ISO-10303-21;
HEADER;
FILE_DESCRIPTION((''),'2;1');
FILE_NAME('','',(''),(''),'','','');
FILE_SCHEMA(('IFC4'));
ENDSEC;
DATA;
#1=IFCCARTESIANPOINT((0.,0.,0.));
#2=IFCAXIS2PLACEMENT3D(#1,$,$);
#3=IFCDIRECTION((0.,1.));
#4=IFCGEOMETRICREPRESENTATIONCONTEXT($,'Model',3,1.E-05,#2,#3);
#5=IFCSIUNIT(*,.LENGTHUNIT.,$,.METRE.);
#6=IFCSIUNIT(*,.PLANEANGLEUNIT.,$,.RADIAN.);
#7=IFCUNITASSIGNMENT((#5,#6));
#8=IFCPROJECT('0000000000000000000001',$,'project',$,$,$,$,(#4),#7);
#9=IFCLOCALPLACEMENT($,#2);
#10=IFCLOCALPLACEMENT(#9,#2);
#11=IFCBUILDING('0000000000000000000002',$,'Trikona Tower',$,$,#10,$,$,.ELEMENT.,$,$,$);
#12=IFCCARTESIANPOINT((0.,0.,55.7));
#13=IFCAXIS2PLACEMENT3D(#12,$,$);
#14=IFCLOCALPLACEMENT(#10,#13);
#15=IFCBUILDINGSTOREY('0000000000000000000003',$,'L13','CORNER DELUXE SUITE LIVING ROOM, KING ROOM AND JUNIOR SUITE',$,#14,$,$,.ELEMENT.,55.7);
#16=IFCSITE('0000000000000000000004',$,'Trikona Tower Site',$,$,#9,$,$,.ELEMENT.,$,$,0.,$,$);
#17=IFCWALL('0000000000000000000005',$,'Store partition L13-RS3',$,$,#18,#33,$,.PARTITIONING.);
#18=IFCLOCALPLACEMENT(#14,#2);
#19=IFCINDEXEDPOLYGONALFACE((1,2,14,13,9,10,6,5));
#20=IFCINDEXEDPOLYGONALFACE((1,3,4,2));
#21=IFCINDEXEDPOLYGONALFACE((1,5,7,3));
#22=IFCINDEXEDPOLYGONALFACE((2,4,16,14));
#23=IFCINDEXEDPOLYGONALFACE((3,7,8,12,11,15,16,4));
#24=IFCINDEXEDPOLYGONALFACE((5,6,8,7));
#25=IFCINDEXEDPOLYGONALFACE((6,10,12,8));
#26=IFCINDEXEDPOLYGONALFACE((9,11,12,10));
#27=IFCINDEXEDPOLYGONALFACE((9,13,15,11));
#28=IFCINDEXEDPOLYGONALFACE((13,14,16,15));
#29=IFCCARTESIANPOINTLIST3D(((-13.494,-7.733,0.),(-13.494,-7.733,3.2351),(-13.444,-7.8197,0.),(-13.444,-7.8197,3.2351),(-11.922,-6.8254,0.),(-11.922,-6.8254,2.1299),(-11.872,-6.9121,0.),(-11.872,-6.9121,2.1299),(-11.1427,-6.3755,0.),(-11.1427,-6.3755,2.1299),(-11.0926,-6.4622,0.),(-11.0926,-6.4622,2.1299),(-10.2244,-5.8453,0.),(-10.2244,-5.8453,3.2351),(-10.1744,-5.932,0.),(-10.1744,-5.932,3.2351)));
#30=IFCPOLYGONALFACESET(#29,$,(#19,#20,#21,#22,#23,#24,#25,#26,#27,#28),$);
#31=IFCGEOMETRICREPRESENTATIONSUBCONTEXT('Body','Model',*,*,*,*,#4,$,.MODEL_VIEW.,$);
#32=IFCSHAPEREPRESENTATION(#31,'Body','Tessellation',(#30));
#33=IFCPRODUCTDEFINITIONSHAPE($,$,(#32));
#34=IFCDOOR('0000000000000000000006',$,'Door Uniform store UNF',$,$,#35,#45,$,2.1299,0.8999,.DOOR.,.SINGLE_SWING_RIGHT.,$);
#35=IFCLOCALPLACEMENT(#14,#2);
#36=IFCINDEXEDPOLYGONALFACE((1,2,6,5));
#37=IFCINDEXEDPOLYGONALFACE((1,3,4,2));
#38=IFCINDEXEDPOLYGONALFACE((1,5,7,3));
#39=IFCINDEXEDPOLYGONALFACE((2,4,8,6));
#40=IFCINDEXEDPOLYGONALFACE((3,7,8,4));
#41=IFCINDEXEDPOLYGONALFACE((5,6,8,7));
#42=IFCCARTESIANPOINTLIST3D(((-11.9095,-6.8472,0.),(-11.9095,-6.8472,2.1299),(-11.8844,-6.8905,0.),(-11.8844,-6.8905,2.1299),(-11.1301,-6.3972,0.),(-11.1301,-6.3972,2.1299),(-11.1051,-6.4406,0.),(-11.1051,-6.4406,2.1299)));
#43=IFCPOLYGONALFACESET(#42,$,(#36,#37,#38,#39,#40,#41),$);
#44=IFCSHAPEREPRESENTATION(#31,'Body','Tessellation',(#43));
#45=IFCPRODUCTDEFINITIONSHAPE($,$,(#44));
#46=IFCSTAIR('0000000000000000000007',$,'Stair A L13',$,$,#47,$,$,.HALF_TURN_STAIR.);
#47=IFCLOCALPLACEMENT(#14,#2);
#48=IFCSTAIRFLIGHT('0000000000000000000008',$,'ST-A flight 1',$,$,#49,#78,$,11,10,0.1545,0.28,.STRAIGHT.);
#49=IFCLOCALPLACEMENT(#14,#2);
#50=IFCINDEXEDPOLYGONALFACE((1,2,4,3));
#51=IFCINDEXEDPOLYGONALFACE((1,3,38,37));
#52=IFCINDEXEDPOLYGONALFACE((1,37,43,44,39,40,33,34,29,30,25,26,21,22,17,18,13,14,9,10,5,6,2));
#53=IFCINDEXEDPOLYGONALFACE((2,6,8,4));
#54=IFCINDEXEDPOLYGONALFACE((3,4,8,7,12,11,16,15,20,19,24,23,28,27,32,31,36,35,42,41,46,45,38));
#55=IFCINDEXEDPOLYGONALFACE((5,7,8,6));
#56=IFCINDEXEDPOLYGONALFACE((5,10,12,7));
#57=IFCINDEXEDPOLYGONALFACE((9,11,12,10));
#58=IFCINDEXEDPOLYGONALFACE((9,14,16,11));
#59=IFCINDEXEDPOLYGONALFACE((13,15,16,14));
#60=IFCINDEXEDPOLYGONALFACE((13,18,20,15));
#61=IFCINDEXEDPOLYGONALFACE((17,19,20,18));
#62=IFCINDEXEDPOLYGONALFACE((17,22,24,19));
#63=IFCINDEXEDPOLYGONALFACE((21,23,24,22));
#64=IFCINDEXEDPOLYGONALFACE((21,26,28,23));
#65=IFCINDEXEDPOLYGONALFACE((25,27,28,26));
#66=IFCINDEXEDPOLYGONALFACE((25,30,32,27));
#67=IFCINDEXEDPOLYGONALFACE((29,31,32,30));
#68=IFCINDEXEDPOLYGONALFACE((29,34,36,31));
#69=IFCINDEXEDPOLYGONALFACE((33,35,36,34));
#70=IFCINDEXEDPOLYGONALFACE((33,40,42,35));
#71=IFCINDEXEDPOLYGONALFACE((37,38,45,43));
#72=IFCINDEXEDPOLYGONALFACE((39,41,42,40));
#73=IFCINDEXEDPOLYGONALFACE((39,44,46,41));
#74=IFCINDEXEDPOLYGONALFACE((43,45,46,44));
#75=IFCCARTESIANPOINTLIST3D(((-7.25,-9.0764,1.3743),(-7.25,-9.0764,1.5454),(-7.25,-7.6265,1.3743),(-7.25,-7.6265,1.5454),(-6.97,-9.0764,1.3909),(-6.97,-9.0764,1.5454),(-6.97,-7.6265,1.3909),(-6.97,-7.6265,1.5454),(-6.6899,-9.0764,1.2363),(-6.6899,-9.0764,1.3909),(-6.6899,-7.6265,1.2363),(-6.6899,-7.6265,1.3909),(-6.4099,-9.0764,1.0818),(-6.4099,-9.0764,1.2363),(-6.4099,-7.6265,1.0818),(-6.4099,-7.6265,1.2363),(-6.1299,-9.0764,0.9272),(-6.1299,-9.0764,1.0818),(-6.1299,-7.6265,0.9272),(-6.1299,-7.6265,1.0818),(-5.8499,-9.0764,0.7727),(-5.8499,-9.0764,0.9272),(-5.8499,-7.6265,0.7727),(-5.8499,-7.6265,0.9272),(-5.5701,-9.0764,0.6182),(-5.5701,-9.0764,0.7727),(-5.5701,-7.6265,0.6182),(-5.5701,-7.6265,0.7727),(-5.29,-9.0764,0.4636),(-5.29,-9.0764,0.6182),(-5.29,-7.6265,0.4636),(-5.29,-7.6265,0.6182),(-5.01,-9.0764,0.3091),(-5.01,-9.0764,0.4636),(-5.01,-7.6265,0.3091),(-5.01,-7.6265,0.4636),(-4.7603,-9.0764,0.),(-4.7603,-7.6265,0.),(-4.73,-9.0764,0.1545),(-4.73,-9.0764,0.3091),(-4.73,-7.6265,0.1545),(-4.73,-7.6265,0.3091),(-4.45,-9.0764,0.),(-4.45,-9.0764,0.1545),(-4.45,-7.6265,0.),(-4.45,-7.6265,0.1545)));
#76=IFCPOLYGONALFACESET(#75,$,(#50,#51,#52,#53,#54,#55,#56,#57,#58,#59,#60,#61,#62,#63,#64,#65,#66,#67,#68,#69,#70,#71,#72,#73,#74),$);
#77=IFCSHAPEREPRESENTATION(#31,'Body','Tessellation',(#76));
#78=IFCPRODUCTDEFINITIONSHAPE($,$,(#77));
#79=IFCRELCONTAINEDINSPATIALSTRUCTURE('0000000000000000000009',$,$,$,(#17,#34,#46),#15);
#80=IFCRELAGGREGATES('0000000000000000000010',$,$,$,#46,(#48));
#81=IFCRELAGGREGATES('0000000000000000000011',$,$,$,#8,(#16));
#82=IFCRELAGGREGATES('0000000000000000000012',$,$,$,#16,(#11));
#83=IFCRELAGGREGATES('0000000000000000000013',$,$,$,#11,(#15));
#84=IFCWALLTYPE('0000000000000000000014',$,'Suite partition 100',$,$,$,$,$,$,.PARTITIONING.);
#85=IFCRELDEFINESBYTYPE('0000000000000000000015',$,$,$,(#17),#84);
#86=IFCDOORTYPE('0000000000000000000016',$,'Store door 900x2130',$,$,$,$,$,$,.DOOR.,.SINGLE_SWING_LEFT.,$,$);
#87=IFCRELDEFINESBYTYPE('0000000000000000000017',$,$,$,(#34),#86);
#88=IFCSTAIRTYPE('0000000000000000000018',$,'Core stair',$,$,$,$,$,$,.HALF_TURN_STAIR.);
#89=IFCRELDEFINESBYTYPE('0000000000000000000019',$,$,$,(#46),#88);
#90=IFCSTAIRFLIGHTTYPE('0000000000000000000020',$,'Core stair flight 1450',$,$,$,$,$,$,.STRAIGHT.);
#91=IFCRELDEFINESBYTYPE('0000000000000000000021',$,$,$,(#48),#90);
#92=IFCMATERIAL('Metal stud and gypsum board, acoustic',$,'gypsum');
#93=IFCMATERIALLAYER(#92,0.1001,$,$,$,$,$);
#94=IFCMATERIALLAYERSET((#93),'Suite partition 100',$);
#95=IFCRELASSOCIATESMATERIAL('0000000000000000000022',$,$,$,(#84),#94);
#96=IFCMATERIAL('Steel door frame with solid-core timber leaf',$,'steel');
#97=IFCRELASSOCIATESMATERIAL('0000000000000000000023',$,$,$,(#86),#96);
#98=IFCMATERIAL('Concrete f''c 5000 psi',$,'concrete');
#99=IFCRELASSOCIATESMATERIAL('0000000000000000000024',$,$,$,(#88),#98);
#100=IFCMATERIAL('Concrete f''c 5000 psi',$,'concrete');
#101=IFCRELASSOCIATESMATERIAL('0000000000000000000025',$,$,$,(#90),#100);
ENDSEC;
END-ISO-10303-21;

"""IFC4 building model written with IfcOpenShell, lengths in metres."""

from ifc_helpers import new_model, si_unit, direction, frame, frame_2d, origin, place, context, subcontext, project, spatial, polyline, rectangle, outline, extrude, material, layer, layer_set, type_object, element, fill, aggregate, save


model = new_model("IFC4")

# Units and contexts
model_context = context("Model", 3, precision=1e-05, world=origin(), true_north=direction((0.0, 1.0)))
body_context = subcontext(model_context, "Body", "Model", "MODEL_VIEW")
ifc_project = project(units=[si_unit("LENGTHUNIT", "METRE"), si_unit("PLANEANGLEUNIT", "RADIAN")], contexts=[model_context])

# Site, building, storey
site_placement = place(None, origin())
site = spatial("IfcSite", under=ifc_project, at=site_placement, Name="Trikona Tower Site", CompositionType="ELEMENT", RefElevation=0.0)
building_placement = place(site_placement, origin())
building = spatial("IfcBuilding", under=site, at=building_placement, Name="Trikona Tower", CompositionType="ELEMENT")
storey_placement = place(building_placement, frame((0.0, 0.0, 55.7)))
storey = spatial("IfcBuildingStorey", under=building, at=storey_placement, Name="L13", Description="CORNER DELUXE SUITE LIVING ROOM, KING ROOM AND JUNIOR SUITE", CompositionType="ELEMENT", Elevation=55.7)

# Wall, opening, door
ifc_material_1 = material(Name="Metal stud and gypsum board, acoustic", Category="gypsum")
ifc_layer_1 = layer(ifc_material_1, 0.1001)
ifc_layer_set_1 = layer_set([ifc_layer_1], Name="Suite partition 100")
wall_type_1 = type_object("IfcWallType", Name="Suite partition 100", PredefinedType="PARTITIONING", material=ifc_layer_set_1)
wall_1_placement = place(storey_placement, frame((-13.469, -7.7764, 0.0), z_axis=(0.0, 0.0, 1.0), x_axis=(0.866022, 0.500006, 0.0)))
wall_1 = element("IfcWall", 1, at=wall_1_placement, inside=storey, type_object=wall_type_1, Name="Store partition L13-RS3", PredefinedType="PARTITIONING", context=body_context, shape_type="SweptSolid", body=[
    extrude(rectangle(XDim=3.7754, YDim=0.1001, at=frame_2d((1.8877, 0.0))), origin(), (0.0, 0.0, 1.0), 3.2351),
])
opening_1_placement = place(wall_1_placement, frame((1.8152, 0.0, 0.0)))
opening_1 = element("IfcOpeningElement", 2, at=opening_1_placement, cuts=wall_1, PredefinedType="OPENING", context=body_context, shape_type="SweptSolid", body=[
    extrude(rectangle(XDim=0.8999, YDim=2.1299, at=frame_2d((0.45, 1.0649))), frame((0.0, 0.0601, 0.0), z_axis=(0.0, -1.0, 0.0), x_axis=(1.0, 0.0, 0.0)), (0.0, 0.0, 1.0), 0.1201),
])
ifc_material_2 = material(Name="Steel door frame with solid-core timber leaf", Category="steel")
door_type_1 = type_object("IfcDoorType", Name="Store door 900x2130", OperationType="SINGLE_SWING_LEFT", PredefinedType="DOOR", material=ifc_material_2)
door_1_placement = place(opening_1_placement, origin())
door_1 = element("IfcDoor", 3, at=door_1_placement, inside=storey, type_object=door_type_1, Name="Door Uniform store UNF", OperationType="SINGLE_SWING_RIGHT", OverallHeight=2.1299, OverallWidth=0.8999, PredefinedType="DOOR", context=body_context, shape_type="SweptSolid", body=[
    extrude(rectangle(XDim=0.8999, YDim=2.1299, at=frame_2d((0.45, 1.0649))), frame((0.0, 0.0249, 0.0), z_axis=(0.0, -1.0, 0.0), x_axis=(1.0, 0.0, 0.0)), (0.0, 0.0, 1.0), 0.05),
])
fill(opening_1, door_1)

# Stair, stair flight
ifc_material_3 = material(Name="Concrete f'c 5000 psi", Category="concrete")
stair_type = type_object("IfcStairType", Name="Core stair", PredefinedType="HALF_TURN_STAIR", material=ifc_material_3)
stair_placement = place(storey_placement, origin())
stair = element("IfcStair", 4, at=stair_placement, inside=storey, type_object=stair_type, Name="Stair A L13", PredefinedType="HALF_TURN_STAIR")
ifc_material_4 = material(Name="Concrete f'c 5000 psi", Category="concrete")
stair_flight_type = type_object("IfcStairFlightType", Name="Core stair flight 1450", PredefinedType="STRAIGHT", material=ifc_material_4)
stair_flight_placement = place(storey_placement, frame((-4.45, -8.3513, 0.0), z_axis=(0.0, 0.0, 1.0), x_axis=(-1.0, 0.0, 0.0)))
stair_flight = element("IfcStairFlight", 5, at=stair_flight_placement, type_object=stair_flight_type, Name="ST-A flight 1", NumberOfRisers=11, NumberOfTreads=10, PredefinedType="STRAIGHT", RiserHeight=0.1545, TreadLength=0.28, context=body_context, shape_type="SweptSolid", body=[
    extrude(outline(polyline([(0.0, 0.0), (0.0, 0.1545), (0.28, 0.1545), (0.28, 0.3091), (0.5601, 0.3091), (0.5601, 0.4636), (0.8401, 0.4636), (0.8401, 0.6182), (1.1201, 0.6182), (1.1201, 0.7727), (1.3999, 0.7727), (1.3999, 0.9272), (1.6799, 0.9272), (1.6799, 1.0818), (1.96, 1.0818), (1.96, 1.2363), (2.24, 1.2363), (2.24, 1.3909), (2.52, 1.3909), (2.52, 1.5454), (2.8, 1.5454), (2.8, 1.7), (2.8, 1.3743), (0.3103, 0.0), (0.0, 0.0)])), frame((0.0, 0.7251, 0.0), z_axis=(0.0, -1.0, 0.0), x_axis=(1.0, 0.0, 0.0)), (0.0, 0.0, 1.0), 1.45),
])
aggregate(stair, [stair_flight])

save(model, "model.ifc")
